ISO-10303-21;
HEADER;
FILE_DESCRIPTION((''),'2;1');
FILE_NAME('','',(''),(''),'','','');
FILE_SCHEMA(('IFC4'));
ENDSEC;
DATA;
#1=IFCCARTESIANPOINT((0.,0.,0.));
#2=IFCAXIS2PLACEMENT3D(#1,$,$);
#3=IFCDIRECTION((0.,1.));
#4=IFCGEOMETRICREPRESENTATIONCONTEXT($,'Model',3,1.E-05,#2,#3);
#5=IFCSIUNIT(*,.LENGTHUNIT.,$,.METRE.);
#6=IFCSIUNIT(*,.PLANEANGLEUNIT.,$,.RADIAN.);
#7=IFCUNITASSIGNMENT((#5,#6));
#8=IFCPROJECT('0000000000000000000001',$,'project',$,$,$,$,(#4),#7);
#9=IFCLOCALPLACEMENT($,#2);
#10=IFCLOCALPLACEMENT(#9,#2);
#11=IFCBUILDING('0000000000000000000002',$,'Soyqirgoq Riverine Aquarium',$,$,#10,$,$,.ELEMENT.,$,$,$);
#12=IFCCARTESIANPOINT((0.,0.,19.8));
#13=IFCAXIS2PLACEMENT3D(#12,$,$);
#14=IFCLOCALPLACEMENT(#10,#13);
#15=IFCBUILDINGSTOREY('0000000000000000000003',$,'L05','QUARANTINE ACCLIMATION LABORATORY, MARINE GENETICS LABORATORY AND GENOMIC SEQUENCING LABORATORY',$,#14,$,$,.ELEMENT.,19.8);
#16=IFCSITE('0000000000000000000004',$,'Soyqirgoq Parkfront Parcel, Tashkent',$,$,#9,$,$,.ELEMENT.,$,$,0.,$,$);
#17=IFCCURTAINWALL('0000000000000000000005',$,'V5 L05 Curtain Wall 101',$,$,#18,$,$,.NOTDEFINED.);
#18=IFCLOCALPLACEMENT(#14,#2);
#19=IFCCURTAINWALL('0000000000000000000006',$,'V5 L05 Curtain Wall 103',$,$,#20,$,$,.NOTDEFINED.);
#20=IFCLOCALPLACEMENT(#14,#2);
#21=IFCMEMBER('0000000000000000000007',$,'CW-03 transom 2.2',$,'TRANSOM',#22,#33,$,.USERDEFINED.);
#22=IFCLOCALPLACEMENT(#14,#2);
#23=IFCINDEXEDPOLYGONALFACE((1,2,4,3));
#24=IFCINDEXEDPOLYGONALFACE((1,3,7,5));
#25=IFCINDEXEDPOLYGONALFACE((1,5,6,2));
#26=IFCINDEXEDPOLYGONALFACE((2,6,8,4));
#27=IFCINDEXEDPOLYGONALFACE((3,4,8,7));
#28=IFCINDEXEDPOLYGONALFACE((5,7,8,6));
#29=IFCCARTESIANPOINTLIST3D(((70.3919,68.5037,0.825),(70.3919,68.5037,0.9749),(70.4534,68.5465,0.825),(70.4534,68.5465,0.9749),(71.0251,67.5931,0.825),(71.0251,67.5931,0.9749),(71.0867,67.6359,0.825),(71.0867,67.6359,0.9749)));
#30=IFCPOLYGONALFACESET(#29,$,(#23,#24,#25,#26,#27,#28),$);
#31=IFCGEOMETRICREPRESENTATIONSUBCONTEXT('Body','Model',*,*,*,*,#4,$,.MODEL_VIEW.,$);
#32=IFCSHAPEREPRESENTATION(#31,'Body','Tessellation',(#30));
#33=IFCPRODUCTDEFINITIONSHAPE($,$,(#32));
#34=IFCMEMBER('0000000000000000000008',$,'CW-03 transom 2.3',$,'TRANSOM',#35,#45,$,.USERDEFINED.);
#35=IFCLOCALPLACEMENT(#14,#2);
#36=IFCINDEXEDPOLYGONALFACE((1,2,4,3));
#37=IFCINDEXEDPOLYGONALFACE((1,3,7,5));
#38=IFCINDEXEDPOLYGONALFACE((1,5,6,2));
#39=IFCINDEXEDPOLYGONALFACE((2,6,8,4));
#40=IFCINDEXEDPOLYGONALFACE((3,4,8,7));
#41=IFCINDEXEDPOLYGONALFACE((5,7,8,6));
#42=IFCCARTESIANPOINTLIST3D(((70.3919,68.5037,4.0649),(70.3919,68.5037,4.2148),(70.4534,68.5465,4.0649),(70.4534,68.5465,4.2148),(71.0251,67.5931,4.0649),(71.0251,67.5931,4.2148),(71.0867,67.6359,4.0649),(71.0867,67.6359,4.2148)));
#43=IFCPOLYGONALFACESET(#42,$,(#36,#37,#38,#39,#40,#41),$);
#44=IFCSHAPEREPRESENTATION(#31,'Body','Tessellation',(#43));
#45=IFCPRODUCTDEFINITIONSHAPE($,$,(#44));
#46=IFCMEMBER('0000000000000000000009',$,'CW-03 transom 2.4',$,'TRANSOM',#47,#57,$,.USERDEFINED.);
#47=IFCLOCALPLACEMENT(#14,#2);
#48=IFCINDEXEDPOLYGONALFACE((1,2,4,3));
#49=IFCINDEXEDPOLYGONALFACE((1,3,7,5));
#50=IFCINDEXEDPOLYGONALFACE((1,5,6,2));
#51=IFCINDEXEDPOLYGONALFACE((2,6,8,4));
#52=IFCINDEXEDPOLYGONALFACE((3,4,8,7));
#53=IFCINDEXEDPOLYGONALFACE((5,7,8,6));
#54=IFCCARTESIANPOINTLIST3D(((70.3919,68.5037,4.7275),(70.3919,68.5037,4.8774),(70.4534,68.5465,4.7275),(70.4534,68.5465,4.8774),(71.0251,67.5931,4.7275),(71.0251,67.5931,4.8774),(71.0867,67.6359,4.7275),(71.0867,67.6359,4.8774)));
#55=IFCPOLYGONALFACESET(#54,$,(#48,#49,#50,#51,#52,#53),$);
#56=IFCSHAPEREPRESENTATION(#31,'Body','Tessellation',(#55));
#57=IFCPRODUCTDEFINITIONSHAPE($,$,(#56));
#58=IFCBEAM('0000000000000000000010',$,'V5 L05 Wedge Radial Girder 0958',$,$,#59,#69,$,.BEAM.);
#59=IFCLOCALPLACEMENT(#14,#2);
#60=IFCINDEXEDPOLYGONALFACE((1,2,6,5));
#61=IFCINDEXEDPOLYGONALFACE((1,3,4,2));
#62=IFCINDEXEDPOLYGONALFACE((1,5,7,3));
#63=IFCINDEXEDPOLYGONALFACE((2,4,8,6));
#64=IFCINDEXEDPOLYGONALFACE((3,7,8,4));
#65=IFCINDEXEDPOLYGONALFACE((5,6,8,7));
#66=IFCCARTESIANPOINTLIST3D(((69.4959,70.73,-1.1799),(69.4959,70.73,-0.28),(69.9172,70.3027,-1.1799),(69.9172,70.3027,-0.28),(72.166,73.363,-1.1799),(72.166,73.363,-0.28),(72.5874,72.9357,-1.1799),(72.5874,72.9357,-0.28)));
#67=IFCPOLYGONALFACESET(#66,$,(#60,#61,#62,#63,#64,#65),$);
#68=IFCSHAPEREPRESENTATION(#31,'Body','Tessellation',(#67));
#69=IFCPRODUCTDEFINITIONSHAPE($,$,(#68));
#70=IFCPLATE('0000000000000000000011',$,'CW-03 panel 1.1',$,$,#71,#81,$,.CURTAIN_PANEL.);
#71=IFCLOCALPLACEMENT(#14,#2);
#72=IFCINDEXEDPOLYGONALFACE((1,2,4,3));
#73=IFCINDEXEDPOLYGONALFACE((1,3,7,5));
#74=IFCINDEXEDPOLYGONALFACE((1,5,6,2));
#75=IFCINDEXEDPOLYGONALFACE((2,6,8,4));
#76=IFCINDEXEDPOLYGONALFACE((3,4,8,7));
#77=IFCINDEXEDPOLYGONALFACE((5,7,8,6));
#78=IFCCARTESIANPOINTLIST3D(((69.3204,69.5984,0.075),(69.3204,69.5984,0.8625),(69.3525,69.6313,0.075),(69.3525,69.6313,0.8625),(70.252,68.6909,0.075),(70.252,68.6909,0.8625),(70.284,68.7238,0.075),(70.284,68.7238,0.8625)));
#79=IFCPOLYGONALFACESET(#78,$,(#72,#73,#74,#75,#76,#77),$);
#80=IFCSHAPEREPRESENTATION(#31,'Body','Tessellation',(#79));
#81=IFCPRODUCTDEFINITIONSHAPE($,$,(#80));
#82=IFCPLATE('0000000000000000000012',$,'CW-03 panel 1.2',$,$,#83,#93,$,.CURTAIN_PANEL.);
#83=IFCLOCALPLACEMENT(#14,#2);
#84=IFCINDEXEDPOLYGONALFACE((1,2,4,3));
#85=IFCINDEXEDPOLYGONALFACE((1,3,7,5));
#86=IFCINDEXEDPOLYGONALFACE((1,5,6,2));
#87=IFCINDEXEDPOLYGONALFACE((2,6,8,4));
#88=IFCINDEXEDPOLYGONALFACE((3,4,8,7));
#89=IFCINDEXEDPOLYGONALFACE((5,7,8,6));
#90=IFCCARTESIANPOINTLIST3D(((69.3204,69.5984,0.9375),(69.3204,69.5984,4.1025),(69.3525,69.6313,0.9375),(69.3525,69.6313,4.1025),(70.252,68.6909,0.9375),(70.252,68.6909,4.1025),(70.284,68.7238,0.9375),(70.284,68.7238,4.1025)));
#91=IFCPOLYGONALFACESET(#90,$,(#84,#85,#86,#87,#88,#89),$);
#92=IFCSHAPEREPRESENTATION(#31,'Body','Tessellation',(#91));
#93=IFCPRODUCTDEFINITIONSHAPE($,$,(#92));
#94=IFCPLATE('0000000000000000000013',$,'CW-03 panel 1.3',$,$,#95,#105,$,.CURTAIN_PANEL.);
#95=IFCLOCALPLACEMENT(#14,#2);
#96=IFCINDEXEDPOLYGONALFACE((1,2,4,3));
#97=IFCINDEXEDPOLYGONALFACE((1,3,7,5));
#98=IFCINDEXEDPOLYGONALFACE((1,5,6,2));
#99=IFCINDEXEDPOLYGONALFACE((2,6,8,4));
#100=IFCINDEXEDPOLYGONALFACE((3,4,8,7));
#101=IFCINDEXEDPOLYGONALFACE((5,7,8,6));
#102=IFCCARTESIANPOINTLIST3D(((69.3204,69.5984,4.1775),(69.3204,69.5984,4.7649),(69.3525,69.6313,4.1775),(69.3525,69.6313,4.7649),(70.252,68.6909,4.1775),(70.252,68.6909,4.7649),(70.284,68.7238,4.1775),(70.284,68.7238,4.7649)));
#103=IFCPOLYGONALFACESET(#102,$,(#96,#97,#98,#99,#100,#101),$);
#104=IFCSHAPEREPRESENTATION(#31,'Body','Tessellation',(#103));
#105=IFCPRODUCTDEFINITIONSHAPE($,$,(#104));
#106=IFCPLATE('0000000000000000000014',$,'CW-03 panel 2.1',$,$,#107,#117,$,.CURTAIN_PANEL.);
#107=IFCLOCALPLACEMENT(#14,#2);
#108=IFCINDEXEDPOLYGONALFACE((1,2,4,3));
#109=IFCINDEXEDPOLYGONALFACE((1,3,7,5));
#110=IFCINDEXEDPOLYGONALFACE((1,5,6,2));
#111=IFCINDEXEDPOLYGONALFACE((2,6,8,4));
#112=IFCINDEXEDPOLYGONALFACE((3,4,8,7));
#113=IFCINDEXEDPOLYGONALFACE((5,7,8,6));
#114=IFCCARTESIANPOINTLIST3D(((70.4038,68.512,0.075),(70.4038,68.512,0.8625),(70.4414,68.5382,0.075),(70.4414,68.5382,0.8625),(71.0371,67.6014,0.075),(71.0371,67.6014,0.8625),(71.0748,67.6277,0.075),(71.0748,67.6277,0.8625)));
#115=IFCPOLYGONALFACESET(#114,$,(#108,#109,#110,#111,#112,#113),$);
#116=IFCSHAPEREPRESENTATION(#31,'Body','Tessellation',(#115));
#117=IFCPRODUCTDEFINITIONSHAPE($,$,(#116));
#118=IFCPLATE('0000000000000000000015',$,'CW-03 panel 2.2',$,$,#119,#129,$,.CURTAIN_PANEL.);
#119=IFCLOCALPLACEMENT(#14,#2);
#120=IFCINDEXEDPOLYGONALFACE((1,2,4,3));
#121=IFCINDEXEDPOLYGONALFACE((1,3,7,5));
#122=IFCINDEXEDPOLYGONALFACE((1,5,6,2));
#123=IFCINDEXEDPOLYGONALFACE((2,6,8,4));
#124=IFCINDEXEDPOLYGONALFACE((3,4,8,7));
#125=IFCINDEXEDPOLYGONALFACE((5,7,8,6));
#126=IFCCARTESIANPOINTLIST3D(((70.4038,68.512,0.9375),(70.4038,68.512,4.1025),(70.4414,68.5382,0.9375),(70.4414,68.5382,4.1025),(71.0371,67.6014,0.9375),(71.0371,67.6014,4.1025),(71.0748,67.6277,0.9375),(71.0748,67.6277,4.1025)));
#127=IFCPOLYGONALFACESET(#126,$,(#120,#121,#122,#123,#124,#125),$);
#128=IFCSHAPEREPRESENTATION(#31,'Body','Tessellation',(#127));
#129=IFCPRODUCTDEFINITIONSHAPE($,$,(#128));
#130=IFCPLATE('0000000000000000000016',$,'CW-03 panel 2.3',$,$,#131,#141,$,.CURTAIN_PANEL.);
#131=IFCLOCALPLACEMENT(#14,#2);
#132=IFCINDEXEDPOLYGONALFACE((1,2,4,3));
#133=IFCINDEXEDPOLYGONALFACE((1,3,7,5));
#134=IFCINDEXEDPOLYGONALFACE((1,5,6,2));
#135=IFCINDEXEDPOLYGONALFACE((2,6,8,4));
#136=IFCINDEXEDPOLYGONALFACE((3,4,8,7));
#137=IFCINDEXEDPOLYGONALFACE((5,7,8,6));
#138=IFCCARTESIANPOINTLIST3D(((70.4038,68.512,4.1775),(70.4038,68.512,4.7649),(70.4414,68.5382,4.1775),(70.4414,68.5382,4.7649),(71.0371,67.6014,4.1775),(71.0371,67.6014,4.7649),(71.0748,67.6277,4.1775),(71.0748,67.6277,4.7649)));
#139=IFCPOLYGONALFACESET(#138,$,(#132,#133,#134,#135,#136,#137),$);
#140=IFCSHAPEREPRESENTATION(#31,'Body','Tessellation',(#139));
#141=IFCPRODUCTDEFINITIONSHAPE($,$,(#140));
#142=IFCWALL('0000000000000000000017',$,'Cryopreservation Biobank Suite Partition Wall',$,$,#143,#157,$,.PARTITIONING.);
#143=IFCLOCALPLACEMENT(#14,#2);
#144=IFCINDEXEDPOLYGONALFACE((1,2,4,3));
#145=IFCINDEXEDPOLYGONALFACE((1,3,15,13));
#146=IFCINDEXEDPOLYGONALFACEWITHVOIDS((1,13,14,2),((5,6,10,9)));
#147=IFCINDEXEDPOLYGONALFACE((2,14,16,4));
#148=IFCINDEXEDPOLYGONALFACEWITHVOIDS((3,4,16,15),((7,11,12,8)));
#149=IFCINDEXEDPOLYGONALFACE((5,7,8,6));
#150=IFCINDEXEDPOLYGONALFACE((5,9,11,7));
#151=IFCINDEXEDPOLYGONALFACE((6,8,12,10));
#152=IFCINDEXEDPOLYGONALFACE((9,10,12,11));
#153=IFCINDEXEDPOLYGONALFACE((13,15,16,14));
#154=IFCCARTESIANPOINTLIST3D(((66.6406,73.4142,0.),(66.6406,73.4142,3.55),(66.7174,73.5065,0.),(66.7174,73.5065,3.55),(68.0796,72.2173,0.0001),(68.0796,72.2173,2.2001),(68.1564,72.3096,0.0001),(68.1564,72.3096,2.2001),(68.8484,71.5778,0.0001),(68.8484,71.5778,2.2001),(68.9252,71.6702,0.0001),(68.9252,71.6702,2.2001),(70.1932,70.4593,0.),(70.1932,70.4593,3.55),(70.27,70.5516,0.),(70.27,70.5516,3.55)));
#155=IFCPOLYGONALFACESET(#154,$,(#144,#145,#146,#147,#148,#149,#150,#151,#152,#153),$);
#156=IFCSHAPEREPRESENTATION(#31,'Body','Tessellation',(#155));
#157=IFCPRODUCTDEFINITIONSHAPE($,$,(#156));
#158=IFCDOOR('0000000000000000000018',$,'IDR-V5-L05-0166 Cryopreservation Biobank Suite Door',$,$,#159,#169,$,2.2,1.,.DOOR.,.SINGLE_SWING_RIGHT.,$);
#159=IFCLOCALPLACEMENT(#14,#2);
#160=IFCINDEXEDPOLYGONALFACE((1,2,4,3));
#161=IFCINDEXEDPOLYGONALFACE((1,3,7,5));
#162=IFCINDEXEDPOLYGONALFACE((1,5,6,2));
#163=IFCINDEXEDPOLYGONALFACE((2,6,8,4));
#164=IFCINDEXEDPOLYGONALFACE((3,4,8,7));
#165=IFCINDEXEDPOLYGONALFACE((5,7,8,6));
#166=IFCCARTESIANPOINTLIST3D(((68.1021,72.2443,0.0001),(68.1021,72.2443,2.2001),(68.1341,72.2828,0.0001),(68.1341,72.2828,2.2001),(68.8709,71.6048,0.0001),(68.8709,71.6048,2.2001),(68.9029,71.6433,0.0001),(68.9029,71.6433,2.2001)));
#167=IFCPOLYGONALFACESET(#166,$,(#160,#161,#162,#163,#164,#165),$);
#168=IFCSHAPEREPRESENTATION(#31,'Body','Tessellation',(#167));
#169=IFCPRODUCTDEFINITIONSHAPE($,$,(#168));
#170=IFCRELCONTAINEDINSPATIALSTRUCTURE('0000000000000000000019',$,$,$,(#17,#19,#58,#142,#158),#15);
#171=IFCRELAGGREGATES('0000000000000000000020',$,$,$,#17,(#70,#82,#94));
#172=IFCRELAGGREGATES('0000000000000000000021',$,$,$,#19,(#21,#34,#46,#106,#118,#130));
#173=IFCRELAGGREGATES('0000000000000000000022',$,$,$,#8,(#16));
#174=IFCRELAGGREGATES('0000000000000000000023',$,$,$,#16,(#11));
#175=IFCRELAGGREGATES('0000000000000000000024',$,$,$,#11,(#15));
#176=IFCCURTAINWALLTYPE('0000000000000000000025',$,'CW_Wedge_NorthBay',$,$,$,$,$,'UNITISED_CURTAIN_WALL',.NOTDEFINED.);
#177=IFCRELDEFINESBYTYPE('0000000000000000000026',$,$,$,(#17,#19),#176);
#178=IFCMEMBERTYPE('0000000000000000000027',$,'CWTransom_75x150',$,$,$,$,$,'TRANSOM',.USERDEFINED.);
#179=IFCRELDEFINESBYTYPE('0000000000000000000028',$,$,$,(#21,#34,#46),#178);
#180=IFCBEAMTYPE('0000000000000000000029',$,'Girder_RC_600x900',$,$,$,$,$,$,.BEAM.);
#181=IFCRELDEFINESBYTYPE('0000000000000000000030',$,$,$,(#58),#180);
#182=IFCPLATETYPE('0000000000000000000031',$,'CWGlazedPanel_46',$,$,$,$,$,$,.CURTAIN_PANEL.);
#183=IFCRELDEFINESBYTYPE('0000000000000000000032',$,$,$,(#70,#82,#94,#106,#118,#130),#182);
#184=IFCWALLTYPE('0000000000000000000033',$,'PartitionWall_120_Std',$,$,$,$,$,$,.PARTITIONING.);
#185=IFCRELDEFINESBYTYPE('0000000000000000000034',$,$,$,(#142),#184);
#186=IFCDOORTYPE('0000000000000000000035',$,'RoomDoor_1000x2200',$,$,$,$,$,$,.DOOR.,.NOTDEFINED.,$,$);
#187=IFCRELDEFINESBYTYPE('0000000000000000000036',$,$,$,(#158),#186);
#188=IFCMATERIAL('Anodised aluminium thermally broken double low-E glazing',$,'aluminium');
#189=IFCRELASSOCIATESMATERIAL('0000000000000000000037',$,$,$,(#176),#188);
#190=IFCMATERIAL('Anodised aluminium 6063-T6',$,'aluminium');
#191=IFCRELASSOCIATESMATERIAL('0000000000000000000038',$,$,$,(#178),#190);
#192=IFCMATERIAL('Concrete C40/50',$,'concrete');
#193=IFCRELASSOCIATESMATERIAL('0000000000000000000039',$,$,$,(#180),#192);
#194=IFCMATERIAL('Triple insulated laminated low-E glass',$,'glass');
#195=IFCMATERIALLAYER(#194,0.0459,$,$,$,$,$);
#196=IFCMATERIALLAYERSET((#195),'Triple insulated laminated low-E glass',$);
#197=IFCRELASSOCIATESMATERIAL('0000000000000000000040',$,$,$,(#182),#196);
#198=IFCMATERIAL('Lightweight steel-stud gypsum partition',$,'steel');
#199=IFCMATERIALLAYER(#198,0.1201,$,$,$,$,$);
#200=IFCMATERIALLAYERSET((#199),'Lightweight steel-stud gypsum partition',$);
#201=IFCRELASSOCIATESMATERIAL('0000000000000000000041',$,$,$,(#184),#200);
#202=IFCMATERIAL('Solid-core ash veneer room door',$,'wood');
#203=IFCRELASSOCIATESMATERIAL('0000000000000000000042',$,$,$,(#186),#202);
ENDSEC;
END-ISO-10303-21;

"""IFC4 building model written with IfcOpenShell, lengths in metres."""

from ifc_helpers import new_model, si_unit, direction, frame, frame_2d, origin, origin_2d, place, context, subcontext, project, spatial, rectangle, extrude, material, layer, layer_set, material_profile, profile_set, type_object, element, fill, aggregate, save


model = new_model("IFC4")

# Units and contexts
model_context = context("Model", 3, precision=1e-05, world=origin(), true_north=direction((0.0, 1.0)))
body_context = subcontext(model_context, "Body", "Model", "MODEL_VIEW")
ifc_project = project(units=[si_unit("LENGTHUNIT", "METRE"), si_unit("PLANEANGLEUNIT", "RADIAN")], contexts=[model_context])

# Site, building, storey
site_placement = place(None, origin())
site = spatial("IfcSite", under=ifc_project, at=site_placement, Name="Soyqirgoq Parkfront Parcel, Tashkent", CompositionType="ELEMENT", RefElevation=0.0)
building_placement = place(site_placement, origin())
building = spatial("IfcBuilding", under=site, at=building_placement, Name="Soyqirgoq Riverine Aquarium", CompositionType="ELEMENT")
storey_placement = place(building_placement, frame((0.0, 0.0, 19.8)))
storey = spatial("IfcBuildingStorey", under=building, at=storey_placement, Name="L05", Description="QUARANTINE ACCLIMATION LABORATORY, MARINE GENETICS LABORATORY AND GENOMIC SEQUENCING LABORATORY", CompositionType="ELEMENT", Elevation=19.8)

# Curtain wall
ifc_material_1 = material(Name="Anodised aluminium thermally broken double low-E glazing", Category="aluminium")
curtain_wall_type = type_object("IfcCurtainWallType", Name="CW_Wedge_NorthBay", ElementType="UNITISED_CURTAIN_WALL", PredefinedType="NOTDEFINED", material=ifc_material_1)
curtain_wall_1_placement = place(storey_placement, origin())
curtain_wall_1 = element("IfcCurtainWall", 1, at=curtain_wall_1_placement, inside=storey, type_object=curtain_wall_type, Name="V5 L05 Curtain Wall 101", PredefinedType="NOTDEFINED")

# Curtain wall
curtain_wall_2_placement = place(storey_placement, origin())
curtain_wall_2 = element("IfcCurtainWall", 2, at=curtain_wall_2_placement, inside=storey, type_object=curtain_wall_type, Name="V5 L05 Curtain Wall 103", PredefinedType="NOTDEFINED")

# Members
ifc_material_2 = material(Name="Anodised aluminium 6063-T6", Category="aluminium")
ifc_material_profile_1 = material_profile(ifc_material_2, rectangle(XDim=0.075, YDim=0.1499, at=origin_2d()), Name="ALU-T 75x150")
ifc_profile_set_1 = profile_set([ifc_material_profile_1], Name="Anodised aluminium 6063-T6")
member_type_1 = type_object("IfcMemberType", Name="CWTransom_75x150", ElementType="TRANSOM", PredefinedType="USERDEFINED", material=ifc_profile_set_1)
member_1_placement = place(storey_placement, frame((71.0559, 67.6145, 0.8999), z_axis=(-0.570948, 0.820986, 0.0), x_axis=(-0.820986, -0.570948, 0.0)))
member_1 = element("IfcMember", 3, at=member_1_placement, type_object=member_type_1, Name="CW-03 transom 2.2", ObjectType="TRANSOM", PredefinedType="USERDEFINED", context=body_context, shape_type="SweptSolid", body=[
    extrude(rectangle(XDim=0.075, YDim=0.1499, at=origin_2d()), origin(), (0.0, 0.0, 1.0), 1.1091),
])
member_2_placement = place(storey_placement, frame((71.0559, 67.6145, 4.1399), z_axis=(-0.570948, 0.820986, 0.0), x_axis=(-0.820986, -0.570948, 0.0)))
member_2 = element("IfcMember", 4, at=member_2_placement, type_object=member_type_1, Name="CW-03 transom 2.3", ObjectType="TRANSOM", PredefinedType="USERDEFINED", context=body_context, shape_type="SweptSolid", body=[
    extrude(rectangle(XDim=0.075, YDim=0.1499, at=origin_2d()), origin(), (0.0, 0.0, 1.0), 1.1091),
])
member_3_placement = place(storey_placement, frame((71.0559, 67.6145, 4.8025), z_axis=(-0.570948, 0.820986, 0.0), x_axis=(-0.820986, -0.570948, 0.0)))
member_3 = element("IfcMember", 5, at=member_3_placement, type_object=member_type_1, Name="CW-03 transom 2.4", ObjectType="TRANSOM", PredefinedType="USERDEFINED", context=body_context, shape_type="SweptSolid", body=[
    extrude(rectangle(XDim=0.075, YDim=0.1499, at=origin_2d()), origin(), (0.0, 0.0, 1.0), 1.1091),
])

# Beam
ifc_material_3 = material(Name="Concrete C40/50", Category="concrete")
ifc_material_profile_2 = material_profile(ifc_material_3, rectangle(XDim=0.6001, YDim=0.8999, at=origin_2d()), Name="RC 600x900")
ifc_profile_set_2 = profile_set([ifc_material_profile_2], Name="Concrete C40/50")
beam_type_1 = type_object("IfcBeamType", Name="Girder_RC_600x900", PredefinedType="BEAM", material=ifc_profile_set_2)
beam_1_placement = place(storey_placement, frame((69.7065, 70.5164, -0.73), z_axis=(0.712037, 0.702142, 0.0), x_axis=(-0.702142, 0.712037, 0.0)))
element("IfcBeam", 6, at=beam_1_placement, inside=storey, type_object=beam_type_1, Name="V5 L05 Wedge Radial Girder 0958", PredefinedType="BEAM", context=body_context, shape_type="SweptSolid", body=[
    extrude(rectangle(XDim=0.6001, YDim=0.8999, at=origin_2d()), origin(), (0.0, 0.0, 1.0), 3.75),
])

# Plates
ifc_material_4 = material(Name="Triple insulated laminated low-E glass", Category="glass")
ifc_layer_1 = layer(ifc_material_4, 0.0459)
ifc_layer_set_1 = layer_set([ifc_layer_1], Name="Triple insulated laminated low-E glass")
plate_type = type_object("IfcPlateType", Name="CWGlazedPanel_46", PredefinedType="CURTAIN_PANEL", material=ifc_layer_set_1)
plate_1_placement = place(storey_placement, frame((69.8022, 69.1611, 0.075), z_axis=(0.0, 0.0, 1.0), x_axis=(-0.716303, 0.69779, 0.0)))
plate_1 = element("IfcPlate", 7, at=plate_1_placement, type_object=plate_type, Name="CW-03 panel 1.1", PredefinedType="CURTAIN_PANEL", context=body_context, shape_type="SweptSolid", body=[
    extrude(rectangle(XDim=1.3005, YDim=0.0459, at=origin_2d()), origin(), (0.0, 0.0, 1.0), 0.7876),
])
plate_2_placement = place(storey_placement, frame((69.8022, 69.1611, 0.9375), z_axis=(0.0, 0.0, 1.0), x_axis=(-0.716303, 0.69779, 0.0)))
plate_2 = element("IfcPlate", 8, at=plate_2_placement, type_object=plate_type, Name="CW-03 panel 1.2", PredefinedType="CURTAIN_PANEL", context=body_context, shape_type="SweptSolid", body=[
    extrude(rectangle(XDim=1.3005, YDim=0.0459, at=origin_2d()), origin(), (0.0, 0.0, 1.0), 3.165),
])
plate_3_placement = place(storey_placement, frame((69.8022, 69.1611, 4.1775), z_axis=(0.0, 0.0, 1.0), x_axis=(-0.716303, 0.69779, 0.0)))
plate_3 = element("IfcPlate", 9, at=plate_3_placement, type_object=plate_type, Name="CW-03 panel 1.3", PredefinedType="CURTAIN_PANEL", context=body_context, shape_type="SweptSolid", body=[
    extrude(rectangle(XDim=1.3005, YDim=0.0459, at=origin_2d()), origin(), (0.0, 0.0, 1.0), 0.5874),
])
aggregate(curtain_wall_1, [plate_1, plate_2, plate_3])
plate_4_placement = place(storey_placement, frame((70.7393, 68.0698, 0.075), z_axis=(0.0, 0.0, 1.0), x_axis=(-0.570992, 0.820956, 0.0)))
plate_4 = element("IfcPlate", 10, at=plate_4_placement, type_object=plate_type, Name="CW-03 panel 2.1", PredefinedType="CURTAIN_PANEL", context=body_context, shape_type="SweptSolid", body=[
    extrude(rectangle(XDim=1.1091, YDim=0.0459, at=origin_2d()), origin(), (0.0, 0.0, 1.0), 0.7876),
])
plate_5_placement = place(storey_placement, frame((70.7393, 68.0698, 0.9375), z_axis=(0.0, 0.0, 1.0), x_axis=(-0.570992, 0.820956, 0.0)))
plate_5 = element("IfcPlate", 11, at=plate_5_placement, type_object=plate_type, Name="CW-03 panel 2.2", PredefinedType="CURTAIN_PANEL", context=body_context, shape_type="SweptSolid", body=[
    extrude(rectangle(XDim=1.1091, YDim=0.0459, at=origin_2d()), origin(), (0.0, 0.0, 1.0), 3.165),
])
plate_6_placement = place(storey_placement, frame((70.7393, 68.0698, 4.1775), z_axis=(0.0, 0.0, 1.0), x_axis=(-0.570992, 0.820956, 0.0)))
plate_6 = element("IfcPlate", 12, at=plate_6_placement, type_object=plate_type, Name="CW-03 panel 2.3", PredefinedType="CURTAIN_PANEL", context=body_context, shape_type="SweptSolid", body=[
    extrude(rectangle(XDim=1.1091, YDim=0.0459, at=origin_2d()), origin(), (0.0, 0.0, 1.0), 0.5874),
])
aggregate(curtain_wall_2, [member_1, member_2, member_3, plate_4, plate_5, plate_6])

# Wall, opening, door
ifc_material_5 = material(Name="Lightweight steel-stud gypsum partition", Category="steel")
ifc_layer_2 = layer(ifc_material_5, 0.1201)
ifc_layer_set_2 = layer_set([ifc_layer_2], Name="Lightweight steel-stud gypsum partition")
wall_type = type_object("IfcWallType", Name="PartitionWall_120_Std", PredefinedType="PARTITIONING", material=ifc_layer_set_2)
wall_placement = place(storey_placement, frame((70.2317, 70.5054, 0.0), z_axis=(0.0, 0.0, 1.0), x_axis=(-0.768814, 0.639472, 0.0)))
wall = element("IfcWall", 13, at=wall_placement, inside=storey, type_object=wall_type, Name="Cryopreservation Biobank Suite Partition Wall", PredefinedType="PARTITIONING", context=body_context, shape_type="SweptSolid", body=[
    extrude(rectangle(XDim=4.6208, YDim=0.1201, at=frame_2d((2.3105, 0.0))), origin(), (0.0, 0.0, 1.0), 3.55),
])
opening_placement = place(wall_placement, frame((1.7493, 0.0, 0.0)))
opening = element("IfcOpeningElement", 14, at=opening_placement, cuts=wall, PredefinedType="OPENING", context=body_context, shape_type="SweptSolid", body=[
    extrude(rectangle(XDim=1.0, YDim=2.2, at=frame_2d((0.5, 1.1001))), frame((0.0, 0.0701, 0.0), z_axis=(0.0, -1.0, 0.0), x_axis=(1.0, 0.0, 0.0)), (0.0, 0.0, 1.0), 0.1401),
])
ifc_material_6 = material(Name="Solid-core ash veneer room door", Category="wood")
door_type = type_object("IfcDoorType", Name="RoomDoor_1000x2200", OperationType="NOTDEFINED", PredefinedType="DOOR", material=ifc_material_6)
door_placement = place(opening_placement, origin())
door = element("IfcDoor", 15, at=door_placement, inside=storey, type_object=door_type, Name="IDR-V5-L05-0166 Cryopreservation Biobank Suite Door", OperationType="SINGLE_SWING_RIGHT", OverallHeight=2.2, OverallWidth=1.0, PredefinedType="DOOR", context=body_context, shape_type="SweptSolid", body=[
    extrude(rectangle(XDim=1.0, YDim=2.2, at=frame_2d((0.5, 1.1001))), frame((0.0, 0.0249, 0.0), z_axis=(0.0, -1.0, 0.0), x_axis=(1.0, 0.0, 0.0)), (0.0, 0.0, 1.0), 0.05),
])
fill(opening, door)

save(model, "model.ifc")
